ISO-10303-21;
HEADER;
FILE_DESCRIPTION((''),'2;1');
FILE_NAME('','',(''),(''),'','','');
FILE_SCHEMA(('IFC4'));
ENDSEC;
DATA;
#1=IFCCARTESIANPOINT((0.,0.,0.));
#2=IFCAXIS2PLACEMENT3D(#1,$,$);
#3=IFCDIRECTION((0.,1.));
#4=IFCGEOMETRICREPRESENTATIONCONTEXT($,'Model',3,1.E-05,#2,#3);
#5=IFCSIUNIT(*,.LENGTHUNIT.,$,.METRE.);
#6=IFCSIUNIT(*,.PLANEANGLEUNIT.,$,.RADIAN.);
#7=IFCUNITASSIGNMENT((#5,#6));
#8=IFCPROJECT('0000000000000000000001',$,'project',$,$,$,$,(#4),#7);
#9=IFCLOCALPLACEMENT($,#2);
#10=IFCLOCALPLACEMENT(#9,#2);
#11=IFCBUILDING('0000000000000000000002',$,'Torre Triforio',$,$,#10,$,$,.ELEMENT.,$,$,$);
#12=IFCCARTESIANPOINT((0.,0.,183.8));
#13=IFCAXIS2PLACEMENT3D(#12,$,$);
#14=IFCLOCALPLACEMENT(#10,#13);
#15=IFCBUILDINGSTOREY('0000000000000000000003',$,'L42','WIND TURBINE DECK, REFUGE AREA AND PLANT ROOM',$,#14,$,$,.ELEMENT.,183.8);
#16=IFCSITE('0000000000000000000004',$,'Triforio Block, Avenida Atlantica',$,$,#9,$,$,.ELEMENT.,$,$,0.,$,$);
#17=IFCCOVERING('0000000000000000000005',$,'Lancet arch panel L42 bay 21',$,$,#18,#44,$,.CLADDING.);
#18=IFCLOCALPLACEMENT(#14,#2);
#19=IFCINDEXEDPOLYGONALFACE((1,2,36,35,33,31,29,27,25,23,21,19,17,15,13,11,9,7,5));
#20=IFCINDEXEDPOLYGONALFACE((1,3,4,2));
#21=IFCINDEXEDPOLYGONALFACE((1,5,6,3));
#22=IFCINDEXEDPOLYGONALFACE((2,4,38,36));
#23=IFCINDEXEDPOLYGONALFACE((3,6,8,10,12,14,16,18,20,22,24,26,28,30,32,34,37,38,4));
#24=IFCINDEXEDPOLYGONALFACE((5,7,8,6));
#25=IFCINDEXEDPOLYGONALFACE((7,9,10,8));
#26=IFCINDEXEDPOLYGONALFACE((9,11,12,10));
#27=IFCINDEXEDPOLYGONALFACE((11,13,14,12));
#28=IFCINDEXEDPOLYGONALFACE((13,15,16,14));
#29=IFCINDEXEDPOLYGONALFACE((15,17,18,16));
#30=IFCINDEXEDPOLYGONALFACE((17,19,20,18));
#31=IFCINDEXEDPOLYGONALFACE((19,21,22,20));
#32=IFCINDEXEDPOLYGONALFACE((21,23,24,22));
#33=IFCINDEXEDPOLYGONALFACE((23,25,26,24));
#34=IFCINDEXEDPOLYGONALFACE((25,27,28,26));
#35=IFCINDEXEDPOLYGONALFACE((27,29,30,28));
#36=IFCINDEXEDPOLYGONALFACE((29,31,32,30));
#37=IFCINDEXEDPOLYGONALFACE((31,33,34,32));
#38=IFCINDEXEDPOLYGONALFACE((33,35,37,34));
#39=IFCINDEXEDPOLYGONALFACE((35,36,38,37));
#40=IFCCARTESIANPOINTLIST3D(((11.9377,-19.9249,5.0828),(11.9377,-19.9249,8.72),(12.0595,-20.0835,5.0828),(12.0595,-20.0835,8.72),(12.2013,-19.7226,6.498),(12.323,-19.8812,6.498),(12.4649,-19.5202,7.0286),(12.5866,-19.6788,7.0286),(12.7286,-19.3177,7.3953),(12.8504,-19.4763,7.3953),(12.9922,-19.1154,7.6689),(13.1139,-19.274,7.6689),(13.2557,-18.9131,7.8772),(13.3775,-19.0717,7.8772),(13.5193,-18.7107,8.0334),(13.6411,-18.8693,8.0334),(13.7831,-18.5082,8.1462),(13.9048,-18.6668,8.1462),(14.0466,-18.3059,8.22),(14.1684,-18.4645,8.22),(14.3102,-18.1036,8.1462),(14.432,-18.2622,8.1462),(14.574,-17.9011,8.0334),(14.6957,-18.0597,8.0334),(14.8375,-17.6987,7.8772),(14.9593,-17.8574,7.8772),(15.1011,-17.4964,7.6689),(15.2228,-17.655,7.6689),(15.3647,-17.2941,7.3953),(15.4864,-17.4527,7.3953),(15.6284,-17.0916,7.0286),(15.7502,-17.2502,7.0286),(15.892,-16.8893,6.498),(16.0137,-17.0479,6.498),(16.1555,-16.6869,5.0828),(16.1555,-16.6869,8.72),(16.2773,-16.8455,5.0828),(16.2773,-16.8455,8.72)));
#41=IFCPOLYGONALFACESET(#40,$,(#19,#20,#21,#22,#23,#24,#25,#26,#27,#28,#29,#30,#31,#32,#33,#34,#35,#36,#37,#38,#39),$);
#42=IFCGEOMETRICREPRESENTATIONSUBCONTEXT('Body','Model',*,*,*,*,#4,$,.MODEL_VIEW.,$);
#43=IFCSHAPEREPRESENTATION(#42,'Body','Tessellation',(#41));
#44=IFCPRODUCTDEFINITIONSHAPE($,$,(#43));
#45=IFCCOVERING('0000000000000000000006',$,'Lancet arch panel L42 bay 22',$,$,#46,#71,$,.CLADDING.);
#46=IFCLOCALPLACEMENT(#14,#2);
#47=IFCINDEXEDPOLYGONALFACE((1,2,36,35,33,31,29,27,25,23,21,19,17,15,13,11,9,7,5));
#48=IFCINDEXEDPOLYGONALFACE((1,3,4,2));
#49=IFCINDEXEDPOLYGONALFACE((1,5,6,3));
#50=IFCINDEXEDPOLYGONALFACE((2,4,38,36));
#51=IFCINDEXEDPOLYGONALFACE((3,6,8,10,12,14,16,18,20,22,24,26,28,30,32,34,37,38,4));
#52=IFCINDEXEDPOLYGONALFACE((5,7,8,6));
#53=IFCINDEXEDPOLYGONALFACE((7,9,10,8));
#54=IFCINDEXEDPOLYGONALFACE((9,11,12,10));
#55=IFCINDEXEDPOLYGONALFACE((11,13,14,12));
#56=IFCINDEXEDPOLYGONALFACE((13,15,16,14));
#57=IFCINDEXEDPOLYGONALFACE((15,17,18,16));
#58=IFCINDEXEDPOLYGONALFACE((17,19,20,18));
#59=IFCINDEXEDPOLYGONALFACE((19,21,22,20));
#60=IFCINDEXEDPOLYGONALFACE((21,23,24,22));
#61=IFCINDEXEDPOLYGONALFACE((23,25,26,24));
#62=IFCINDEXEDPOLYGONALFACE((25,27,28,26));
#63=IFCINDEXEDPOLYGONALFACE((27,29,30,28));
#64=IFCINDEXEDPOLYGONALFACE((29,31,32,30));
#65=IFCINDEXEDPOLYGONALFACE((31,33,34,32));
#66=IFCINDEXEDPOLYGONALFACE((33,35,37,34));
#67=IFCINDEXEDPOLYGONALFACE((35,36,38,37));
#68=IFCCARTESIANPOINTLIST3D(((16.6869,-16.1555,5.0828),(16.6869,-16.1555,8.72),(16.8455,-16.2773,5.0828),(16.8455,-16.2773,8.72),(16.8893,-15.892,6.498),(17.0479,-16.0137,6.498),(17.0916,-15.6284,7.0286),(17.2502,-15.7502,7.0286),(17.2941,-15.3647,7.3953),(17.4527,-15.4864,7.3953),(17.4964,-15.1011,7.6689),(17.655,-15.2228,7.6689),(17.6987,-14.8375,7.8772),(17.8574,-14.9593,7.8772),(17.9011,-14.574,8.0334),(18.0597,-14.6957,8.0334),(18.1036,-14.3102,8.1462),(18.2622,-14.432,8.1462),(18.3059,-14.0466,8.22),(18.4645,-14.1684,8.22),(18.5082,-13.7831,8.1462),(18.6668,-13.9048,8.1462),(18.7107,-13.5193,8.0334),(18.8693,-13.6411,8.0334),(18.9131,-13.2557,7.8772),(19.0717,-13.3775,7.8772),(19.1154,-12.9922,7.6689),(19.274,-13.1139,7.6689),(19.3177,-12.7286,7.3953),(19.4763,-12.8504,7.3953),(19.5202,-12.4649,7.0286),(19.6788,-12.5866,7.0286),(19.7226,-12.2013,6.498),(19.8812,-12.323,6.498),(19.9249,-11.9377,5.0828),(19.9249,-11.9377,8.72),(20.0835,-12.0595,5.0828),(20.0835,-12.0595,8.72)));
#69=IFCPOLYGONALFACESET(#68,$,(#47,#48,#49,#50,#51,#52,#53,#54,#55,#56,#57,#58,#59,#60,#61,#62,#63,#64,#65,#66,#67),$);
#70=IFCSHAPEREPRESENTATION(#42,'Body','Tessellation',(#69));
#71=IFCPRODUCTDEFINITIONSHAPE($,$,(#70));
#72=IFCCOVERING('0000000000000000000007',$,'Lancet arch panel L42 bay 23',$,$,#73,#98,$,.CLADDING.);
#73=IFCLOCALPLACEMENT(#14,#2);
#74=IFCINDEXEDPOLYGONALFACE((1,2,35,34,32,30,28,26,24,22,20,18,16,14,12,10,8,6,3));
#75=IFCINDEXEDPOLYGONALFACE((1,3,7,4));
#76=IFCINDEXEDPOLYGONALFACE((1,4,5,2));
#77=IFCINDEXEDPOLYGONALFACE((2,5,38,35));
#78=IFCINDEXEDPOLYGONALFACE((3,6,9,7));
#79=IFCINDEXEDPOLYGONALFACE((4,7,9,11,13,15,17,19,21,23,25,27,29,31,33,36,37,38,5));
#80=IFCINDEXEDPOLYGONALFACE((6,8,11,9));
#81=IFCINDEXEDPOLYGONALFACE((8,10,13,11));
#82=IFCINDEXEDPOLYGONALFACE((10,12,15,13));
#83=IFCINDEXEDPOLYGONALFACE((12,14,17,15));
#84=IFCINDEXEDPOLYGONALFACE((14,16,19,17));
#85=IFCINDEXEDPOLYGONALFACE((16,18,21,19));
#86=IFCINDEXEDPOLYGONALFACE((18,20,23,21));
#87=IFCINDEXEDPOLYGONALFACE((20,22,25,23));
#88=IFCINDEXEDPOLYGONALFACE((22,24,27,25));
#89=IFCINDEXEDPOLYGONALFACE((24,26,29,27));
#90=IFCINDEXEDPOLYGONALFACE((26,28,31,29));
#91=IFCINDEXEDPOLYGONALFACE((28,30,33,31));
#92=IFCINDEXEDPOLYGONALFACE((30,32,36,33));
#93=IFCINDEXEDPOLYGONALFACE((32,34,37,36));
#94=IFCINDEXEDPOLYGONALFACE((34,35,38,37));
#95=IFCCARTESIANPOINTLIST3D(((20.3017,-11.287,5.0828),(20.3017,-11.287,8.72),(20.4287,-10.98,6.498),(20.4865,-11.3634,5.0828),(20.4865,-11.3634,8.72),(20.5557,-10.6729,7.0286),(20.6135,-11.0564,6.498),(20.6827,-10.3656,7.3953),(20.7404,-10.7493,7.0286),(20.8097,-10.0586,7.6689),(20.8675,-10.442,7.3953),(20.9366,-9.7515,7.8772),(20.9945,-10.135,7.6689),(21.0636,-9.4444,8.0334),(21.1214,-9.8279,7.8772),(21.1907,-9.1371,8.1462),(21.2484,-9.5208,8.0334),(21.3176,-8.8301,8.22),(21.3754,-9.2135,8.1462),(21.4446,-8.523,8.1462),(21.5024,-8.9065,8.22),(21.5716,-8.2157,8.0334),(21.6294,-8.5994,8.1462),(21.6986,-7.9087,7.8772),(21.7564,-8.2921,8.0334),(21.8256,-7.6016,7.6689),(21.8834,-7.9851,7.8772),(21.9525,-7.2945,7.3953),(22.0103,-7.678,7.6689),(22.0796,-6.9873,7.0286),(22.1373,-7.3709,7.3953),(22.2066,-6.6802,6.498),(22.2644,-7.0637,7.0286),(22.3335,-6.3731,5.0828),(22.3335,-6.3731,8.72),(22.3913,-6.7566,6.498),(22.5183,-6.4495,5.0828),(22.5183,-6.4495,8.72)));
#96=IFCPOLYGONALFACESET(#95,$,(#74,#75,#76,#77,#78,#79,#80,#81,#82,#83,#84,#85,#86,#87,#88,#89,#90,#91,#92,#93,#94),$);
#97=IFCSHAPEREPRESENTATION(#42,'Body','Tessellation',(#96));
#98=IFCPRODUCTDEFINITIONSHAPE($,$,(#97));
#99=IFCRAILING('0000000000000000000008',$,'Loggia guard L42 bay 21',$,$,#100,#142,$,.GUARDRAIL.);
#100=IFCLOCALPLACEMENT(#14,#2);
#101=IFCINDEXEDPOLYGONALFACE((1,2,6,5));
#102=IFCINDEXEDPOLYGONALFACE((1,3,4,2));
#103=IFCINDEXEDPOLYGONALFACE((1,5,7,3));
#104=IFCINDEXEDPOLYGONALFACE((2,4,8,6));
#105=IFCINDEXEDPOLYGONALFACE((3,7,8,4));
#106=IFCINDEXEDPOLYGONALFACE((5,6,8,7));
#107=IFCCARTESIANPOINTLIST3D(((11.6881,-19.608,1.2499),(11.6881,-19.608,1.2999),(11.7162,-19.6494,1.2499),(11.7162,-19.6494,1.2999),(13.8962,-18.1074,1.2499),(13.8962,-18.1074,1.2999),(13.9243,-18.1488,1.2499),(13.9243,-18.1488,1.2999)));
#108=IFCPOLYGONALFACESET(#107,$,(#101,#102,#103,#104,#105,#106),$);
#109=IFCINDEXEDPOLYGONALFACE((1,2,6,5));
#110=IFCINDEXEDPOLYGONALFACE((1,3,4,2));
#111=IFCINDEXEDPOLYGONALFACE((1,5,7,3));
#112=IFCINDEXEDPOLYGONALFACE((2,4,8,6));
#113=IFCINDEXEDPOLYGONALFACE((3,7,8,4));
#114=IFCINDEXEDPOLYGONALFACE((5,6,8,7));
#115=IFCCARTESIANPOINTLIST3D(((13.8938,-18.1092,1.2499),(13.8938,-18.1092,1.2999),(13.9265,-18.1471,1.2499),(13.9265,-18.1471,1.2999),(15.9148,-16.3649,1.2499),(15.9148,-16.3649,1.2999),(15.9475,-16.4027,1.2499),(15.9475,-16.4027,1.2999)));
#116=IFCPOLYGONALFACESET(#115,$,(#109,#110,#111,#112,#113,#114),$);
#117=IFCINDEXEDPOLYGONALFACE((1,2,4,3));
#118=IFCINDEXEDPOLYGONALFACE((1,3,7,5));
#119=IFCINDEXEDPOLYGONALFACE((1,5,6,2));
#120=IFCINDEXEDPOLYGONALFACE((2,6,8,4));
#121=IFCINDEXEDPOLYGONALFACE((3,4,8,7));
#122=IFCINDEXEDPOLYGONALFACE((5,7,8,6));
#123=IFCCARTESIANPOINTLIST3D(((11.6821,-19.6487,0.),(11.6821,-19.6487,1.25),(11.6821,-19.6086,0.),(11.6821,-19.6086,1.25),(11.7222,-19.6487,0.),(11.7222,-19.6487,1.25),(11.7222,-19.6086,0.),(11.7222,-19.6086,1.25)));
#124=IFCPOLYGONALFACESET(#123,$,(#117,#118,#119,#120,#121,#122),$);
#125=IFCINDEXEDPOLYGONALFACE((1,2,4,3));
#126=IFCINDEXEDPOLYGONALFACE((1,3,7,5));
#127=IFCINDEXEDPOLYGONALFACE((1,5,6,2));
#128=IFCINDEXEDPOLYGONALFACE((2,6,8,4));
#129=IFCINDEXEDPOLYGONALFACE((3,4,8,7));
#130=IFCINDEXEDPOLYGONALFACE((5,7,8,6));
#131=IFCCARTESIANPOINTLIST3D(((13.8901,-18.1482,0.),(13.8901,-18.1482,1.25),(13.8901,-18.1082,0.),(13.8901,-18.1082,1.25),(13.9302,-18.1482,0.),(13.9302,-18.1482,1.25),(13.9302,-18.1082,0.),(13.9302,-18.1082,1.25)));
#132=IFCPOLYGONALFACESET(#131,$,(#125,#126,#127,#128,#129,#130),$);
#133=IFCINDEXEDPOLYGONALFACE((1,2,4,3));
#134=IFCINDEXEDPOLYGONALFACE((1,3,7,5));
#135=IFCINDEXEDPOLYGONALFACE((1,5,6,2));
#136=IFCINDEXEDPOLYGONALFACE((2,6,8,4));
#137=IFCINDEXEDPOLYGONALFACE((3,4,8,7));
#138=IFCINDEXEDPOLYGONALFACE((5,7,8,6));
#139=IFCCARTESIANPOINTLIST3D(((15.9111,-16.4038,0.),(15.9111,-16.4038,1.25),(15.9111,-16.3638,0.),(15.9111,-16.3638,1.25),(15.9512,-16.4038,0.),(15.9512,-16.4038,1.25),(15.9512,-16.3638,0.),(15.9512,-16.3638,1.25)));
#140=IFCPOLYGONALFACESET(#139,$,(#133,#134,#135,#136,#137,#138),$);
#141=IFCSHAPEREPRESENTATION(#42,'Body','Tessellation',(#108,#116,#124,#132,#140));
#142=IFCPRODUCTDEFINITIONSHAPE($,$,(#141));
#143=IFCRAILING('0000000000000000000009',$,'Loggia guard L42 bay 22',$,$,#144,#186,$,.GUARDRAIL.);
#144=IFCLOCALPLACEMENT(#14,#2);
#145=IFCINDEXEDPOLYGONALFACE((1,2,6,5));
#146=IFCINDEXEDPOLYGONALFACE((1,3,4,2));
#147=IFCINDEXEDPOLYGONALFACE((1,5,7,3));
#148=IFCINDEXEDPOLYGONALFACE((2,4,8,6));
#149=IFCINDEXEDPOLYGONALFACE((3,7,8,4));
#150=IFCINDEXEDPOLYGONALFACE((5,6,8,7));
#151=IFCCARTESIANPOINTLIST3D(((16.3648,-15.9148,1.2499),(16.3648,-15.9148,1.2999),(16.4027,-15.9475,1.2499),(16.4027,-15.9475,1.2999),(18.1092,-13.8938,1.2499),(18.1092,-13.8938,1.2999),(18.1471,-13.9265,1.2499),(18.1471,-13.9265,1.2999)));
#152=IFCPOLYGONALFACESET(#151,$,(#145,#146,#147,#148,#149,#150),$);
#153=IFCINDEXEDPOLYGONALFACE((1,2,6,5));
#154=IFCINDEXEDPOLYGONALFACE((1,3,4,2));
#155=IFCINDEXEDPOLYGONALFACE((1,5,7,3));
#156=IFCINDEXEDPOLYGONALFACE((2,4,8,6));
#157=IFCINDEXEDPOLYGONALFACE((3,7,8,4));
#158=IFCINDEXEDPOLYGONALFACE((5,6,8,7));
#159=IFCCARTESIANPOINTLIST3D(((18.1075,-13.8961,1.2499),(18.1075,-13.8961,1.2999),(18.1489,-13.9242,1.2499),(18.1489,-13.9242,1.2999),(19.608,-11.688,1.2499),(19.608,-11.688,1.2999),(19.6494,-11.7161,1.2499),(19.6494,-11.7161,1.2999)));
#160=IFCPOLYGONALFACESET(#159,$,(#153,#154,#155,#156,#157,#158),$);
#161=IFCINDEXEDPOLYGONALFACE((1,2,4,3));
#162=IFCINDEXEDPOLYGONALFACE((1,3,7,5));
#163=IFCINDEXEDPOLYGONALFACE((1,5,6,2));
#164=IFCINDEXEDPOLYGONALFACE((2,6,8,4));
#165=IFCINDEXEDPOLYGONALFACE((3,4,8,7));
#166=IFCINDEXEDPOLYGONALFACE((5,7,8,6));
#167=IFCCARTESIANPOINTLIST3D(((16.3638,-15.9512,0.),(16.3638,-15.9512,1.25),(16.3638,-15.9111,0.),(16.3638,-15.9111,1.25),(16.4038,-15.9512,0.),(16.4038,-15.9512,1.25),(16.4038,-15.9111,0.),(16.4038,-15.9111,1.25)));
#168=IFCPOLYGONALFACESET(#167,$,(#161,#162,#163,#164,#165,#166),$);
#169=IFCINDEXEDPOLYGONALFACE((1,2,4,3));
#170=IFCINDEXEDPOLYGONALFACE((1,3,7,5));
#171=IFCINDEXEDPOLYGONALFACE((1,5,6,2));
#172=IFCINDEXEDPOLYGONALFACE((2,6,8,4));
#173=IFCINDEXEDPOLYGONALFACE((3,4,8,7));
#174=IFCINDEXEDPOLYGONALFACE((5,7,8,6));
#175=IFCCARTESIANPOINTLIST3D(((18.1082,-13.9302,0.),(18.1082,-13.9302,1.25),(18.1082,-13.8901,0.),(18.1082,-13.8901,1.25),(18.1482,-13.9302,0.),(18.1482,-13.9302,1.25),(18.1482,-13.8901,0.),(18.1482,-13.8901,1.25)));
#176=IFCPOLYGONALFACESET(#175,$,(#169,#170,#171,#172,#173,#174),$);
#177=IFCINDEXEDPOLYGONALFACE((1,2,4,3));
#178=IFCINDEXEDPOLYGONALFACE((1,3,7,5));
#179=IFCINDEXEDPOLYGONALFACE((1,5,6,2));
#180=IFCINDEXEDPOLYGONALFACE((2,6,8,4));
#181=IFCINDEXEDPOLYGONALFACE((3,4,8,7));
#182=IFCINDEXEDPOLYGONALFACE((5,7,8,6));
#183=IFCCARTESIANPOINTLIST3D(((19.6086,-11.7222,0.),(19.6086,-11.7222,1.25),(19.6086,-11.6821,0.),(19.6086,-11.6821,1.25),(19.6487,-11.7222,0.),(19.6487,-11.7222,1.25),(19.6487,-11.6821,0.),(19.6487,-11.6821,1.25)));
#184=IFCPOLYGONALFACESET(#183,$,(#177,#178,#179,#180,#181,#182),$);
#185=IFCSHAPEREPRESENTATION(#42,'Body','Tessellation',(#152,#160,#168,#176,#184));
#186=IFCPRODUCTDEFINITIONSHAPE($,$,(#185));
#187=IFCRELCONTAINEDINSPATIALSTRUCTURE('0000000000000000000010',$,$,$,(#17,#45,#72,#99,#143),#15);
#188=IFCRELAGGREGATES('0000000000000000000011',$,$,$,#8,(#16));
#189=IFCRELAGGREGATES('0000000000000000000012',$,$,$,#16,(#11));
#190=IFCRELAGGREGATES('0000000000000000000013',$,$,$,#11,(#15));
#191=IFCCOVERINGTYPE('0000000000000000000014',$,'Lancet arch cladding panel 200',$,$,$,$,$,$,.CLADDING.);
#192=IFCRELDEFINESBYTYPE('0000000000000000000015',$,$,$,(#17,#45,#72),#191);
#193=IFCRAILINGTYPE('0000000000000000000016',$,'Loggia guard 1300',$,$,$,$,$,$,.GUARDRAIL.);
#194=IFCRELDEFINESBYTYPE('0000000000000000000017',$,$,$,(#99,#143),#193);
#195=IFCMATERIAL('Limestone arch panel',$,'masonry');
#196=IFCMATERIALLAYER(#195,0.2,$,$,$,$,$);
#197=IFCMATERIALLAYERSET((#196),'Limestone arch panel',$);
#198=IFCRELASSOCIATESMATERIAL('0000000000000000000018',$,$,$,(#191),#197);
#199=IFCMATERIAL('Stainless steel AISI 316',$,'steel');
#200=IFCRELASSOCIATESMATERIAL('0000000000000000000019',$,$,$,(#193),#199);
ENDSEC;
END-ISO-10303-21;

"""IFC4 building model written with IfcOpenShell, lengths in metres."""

from ifc_helpers import new_model, si_unit, direction, frame, origin, origin_2d, place, context, subcontext, project, spatial, polyline, rectangle, outline, extrude, material, layer, layer_set, type_object, element, save


model = new_model("IFC4")

# Units and contexts
model_context = context("Model", 3, precision=1e-05, world=origin(), true_north=direction((0.0, 1.0)))
body_context = subcontext(model_context, "Body", "Model", "MODEL_VIEW")
ifc_project = project(units=[si_unit("LENGTHUNIT", "METRE"), si_unit("PLANEANGLEUNIT", "RADIAN")], contexts=[model_context])

# Site, building, storey
site_placement = place(None, origin())
site = spatial("IfcSite", under=ifc_project, at=site_placement, Name="Triforio Block, Avenida Atlantica", CompositionType="ELEMENT", RefElevation=0.0)
building_placement = place(site_placement, origin())
building = spatial("IfcBuilding", under=site, at=building_placement, Name="Torre Triforio", CompositionType="ELEMENT")
storey_placement = place(building_placement, frame((0.0, 0.0, 183.8)))
storey = spatial("IfcBuildingStorey", under=building, at=storey_placement, Name="L42", Description="WIND TURBINE DECK, REFUGE AREA AND PLANT ROOM", CompositionType="ELEMENT", Elevation=183.8)

# Coverings
ifc_material_1 = material(Name="Limestone arch panel", Category="masonry")
ifc_layer_1 = layer(ifc_material_1, 0.2)
ifc_layer_set_1 = layer_set([ifc_layer_1], Name="Limestone arch panel")
covering_type_1 = type_object("IfcCoveringType", Name="Lancet arch cladding panel 200", PredefinedType="CLADDING", material=ifc_layer_set_1)
for number, where, z_axis, x_axis, name in (
    (1, (14.0466, -18.3059, 0.0), (0.608944, -0.793213, 0.0), (0.793213, 0.608944, 0.0), "Lancet arch panel L42 bay 21"),
    (2, (18.3059, -14.0466, 0.0), (0.793213, -0.608944, 0.0), (0.608944, 0.793213, 0.0), "Lancet arch panel L42 bay 22"),
    (3, (21.3176, -8.8301, 0.0), (0.924121, -0.3821, 0.0), (0.3821, 0.924121, 0.0), "Lancet arch panel L42 bay 23"),
):
    element("IfcCovering", number, at=place(storey_placement, frame(where, z_axis=z_axis, x_axis=x_axis)), inside=storey, type_object=covering_type_1, Name=name, PredefinedType="CLADDING", context=body_context, shape_type="SweptSolid", body=[
        extrude(outline(polyline([(-2.6587, 8.72), (-2.6587, 5.0828), (-2.3264, 6.498), (-1.9941, 7.0286), (-1.6616, 7.3953), (-1.3293, 7.6689), (-0.9971, 7.8772), (-0.6648, 8.0334), (-0.3323, 8.1462), (0.0, 8.22), (0.3323, 8.1462), (0.6648, 8.0334), (0.9971, 7.8772), (1.3293, 7.6689), (1.6616, 7.3953), (1.9941, 7.0286), (2.3264, 6.498), (2.6587, 5.0828), (2.6587, 8.72), (-2.6587, 8.72)])), origin(), (0.0, 0.0, 1.0), 0.2),
    ])

# Railings
ifc_material_2 = material(Name="Stainless steel AISI 316", Category="steel")
railing_type = type_object("IfcRailingType", Name="Loggia guard 1300", PredefinedType="GUARDRAIL", material=ifc_material_2)
railing_1_placement = place(storey_placement, frame((11.7021, -19.6287, 0.0)))
element("IfcRailing", 4, at=railing_1_placement, inside=storey, type_object=railing_type, Name="Loggia guard L42 bay 21", PredefinedType="GUARDRAIL", context=body_context, shape_type="SweptSolid", body=[
    extrude(rectangle(XDim=0.05, YDim=0.05, at=origin_2d()), frame((0.0, 0.0, 1.2749), z_axis=(0.827093, 0.562065, 0.0), x_axis=(-0.562065, 0.827093, 0.0)), (0.0, 0.0, 1.0), 2.6697),
    extrude(rectangle(XDim=0.05, YDim=0.05, at=origin_2d()), frame((2.208, 1.5005, 1.2749), z_axis=(0.757012, 0.653401, 0.0), x_axis=(-0.653401, 0.757012, 0.0)), (0.0, 0.0, 1.0), 2.6697),
    extrude(rectangle(XDim=0.04, YDim=0.04, at=origin_2d()), origin(), (0.0, 0.0, 1.0), 1.25),
    extrude(rectangle(XDim=0.04, YDim=0.04, at=origin_2d()), frame((2.208, 1.5005, 0.0)), (0.0, 0.0, 1.0), 1.25),
    extrude(rectangle(XDim=0.04, YDim=0.04, at=origin_2d()), frame((4.229, 3.2449, 0.0)), (0.0, 0.0, 1.0), 1.25),
])
railing_2_placement = place(storey_placement, frame((16.3838, -15.9312, 0.0)))
element("IfcRailing", 5, at=railing_2_placement, inside=storey, type_object=railing_type, Name="Loggia guard L42 bay 22", PredefinedType="GUARDRAIL", context=body_context, shape_type="SweptSolid", body=[
    extrude(rectangle(XDim=0.05, YDim=0.05, at=origin_2d()), frame((0.0, 0.0, 1.2749), z_axis=(0.653401, 0.757012, 0.0), x_axis=(-0.757012, 0.653401, 0.0)), (0.0, 0.0, 1.0), 2.6697),
    extrude(rectangle(XDim=0.05, YDim=0.05, at=origin_2d()), frame((1.7444, 2.021, 1.2749), z_axis=(0.562065, 0.827093, 0.0), x_axis=(-0.827093, 0.562065, 0.0)), (0.0, 0.0, 1.0), 2.6697),
    extrude(rectangle(XDim=0.04, YDim=0.04, at=origin_2d()), origin(), (0.0, 0.0, 1.0), 1.25),
    extrude(rectangle(XDim=0.04, YDim=0.04, at=origin_2d()), frame((1.7444, 2.021, 0.0)), (0.0, 0.0, 1.0), 1.25),
    extrude(rectangle(XDim=0.04, YDim=0.04, at=origin_2d()), frame((3.2449, 4.229, 0.0)), (0.0, 0.0, 1.0), 1.25),
])

save(model, "model.ifc")
